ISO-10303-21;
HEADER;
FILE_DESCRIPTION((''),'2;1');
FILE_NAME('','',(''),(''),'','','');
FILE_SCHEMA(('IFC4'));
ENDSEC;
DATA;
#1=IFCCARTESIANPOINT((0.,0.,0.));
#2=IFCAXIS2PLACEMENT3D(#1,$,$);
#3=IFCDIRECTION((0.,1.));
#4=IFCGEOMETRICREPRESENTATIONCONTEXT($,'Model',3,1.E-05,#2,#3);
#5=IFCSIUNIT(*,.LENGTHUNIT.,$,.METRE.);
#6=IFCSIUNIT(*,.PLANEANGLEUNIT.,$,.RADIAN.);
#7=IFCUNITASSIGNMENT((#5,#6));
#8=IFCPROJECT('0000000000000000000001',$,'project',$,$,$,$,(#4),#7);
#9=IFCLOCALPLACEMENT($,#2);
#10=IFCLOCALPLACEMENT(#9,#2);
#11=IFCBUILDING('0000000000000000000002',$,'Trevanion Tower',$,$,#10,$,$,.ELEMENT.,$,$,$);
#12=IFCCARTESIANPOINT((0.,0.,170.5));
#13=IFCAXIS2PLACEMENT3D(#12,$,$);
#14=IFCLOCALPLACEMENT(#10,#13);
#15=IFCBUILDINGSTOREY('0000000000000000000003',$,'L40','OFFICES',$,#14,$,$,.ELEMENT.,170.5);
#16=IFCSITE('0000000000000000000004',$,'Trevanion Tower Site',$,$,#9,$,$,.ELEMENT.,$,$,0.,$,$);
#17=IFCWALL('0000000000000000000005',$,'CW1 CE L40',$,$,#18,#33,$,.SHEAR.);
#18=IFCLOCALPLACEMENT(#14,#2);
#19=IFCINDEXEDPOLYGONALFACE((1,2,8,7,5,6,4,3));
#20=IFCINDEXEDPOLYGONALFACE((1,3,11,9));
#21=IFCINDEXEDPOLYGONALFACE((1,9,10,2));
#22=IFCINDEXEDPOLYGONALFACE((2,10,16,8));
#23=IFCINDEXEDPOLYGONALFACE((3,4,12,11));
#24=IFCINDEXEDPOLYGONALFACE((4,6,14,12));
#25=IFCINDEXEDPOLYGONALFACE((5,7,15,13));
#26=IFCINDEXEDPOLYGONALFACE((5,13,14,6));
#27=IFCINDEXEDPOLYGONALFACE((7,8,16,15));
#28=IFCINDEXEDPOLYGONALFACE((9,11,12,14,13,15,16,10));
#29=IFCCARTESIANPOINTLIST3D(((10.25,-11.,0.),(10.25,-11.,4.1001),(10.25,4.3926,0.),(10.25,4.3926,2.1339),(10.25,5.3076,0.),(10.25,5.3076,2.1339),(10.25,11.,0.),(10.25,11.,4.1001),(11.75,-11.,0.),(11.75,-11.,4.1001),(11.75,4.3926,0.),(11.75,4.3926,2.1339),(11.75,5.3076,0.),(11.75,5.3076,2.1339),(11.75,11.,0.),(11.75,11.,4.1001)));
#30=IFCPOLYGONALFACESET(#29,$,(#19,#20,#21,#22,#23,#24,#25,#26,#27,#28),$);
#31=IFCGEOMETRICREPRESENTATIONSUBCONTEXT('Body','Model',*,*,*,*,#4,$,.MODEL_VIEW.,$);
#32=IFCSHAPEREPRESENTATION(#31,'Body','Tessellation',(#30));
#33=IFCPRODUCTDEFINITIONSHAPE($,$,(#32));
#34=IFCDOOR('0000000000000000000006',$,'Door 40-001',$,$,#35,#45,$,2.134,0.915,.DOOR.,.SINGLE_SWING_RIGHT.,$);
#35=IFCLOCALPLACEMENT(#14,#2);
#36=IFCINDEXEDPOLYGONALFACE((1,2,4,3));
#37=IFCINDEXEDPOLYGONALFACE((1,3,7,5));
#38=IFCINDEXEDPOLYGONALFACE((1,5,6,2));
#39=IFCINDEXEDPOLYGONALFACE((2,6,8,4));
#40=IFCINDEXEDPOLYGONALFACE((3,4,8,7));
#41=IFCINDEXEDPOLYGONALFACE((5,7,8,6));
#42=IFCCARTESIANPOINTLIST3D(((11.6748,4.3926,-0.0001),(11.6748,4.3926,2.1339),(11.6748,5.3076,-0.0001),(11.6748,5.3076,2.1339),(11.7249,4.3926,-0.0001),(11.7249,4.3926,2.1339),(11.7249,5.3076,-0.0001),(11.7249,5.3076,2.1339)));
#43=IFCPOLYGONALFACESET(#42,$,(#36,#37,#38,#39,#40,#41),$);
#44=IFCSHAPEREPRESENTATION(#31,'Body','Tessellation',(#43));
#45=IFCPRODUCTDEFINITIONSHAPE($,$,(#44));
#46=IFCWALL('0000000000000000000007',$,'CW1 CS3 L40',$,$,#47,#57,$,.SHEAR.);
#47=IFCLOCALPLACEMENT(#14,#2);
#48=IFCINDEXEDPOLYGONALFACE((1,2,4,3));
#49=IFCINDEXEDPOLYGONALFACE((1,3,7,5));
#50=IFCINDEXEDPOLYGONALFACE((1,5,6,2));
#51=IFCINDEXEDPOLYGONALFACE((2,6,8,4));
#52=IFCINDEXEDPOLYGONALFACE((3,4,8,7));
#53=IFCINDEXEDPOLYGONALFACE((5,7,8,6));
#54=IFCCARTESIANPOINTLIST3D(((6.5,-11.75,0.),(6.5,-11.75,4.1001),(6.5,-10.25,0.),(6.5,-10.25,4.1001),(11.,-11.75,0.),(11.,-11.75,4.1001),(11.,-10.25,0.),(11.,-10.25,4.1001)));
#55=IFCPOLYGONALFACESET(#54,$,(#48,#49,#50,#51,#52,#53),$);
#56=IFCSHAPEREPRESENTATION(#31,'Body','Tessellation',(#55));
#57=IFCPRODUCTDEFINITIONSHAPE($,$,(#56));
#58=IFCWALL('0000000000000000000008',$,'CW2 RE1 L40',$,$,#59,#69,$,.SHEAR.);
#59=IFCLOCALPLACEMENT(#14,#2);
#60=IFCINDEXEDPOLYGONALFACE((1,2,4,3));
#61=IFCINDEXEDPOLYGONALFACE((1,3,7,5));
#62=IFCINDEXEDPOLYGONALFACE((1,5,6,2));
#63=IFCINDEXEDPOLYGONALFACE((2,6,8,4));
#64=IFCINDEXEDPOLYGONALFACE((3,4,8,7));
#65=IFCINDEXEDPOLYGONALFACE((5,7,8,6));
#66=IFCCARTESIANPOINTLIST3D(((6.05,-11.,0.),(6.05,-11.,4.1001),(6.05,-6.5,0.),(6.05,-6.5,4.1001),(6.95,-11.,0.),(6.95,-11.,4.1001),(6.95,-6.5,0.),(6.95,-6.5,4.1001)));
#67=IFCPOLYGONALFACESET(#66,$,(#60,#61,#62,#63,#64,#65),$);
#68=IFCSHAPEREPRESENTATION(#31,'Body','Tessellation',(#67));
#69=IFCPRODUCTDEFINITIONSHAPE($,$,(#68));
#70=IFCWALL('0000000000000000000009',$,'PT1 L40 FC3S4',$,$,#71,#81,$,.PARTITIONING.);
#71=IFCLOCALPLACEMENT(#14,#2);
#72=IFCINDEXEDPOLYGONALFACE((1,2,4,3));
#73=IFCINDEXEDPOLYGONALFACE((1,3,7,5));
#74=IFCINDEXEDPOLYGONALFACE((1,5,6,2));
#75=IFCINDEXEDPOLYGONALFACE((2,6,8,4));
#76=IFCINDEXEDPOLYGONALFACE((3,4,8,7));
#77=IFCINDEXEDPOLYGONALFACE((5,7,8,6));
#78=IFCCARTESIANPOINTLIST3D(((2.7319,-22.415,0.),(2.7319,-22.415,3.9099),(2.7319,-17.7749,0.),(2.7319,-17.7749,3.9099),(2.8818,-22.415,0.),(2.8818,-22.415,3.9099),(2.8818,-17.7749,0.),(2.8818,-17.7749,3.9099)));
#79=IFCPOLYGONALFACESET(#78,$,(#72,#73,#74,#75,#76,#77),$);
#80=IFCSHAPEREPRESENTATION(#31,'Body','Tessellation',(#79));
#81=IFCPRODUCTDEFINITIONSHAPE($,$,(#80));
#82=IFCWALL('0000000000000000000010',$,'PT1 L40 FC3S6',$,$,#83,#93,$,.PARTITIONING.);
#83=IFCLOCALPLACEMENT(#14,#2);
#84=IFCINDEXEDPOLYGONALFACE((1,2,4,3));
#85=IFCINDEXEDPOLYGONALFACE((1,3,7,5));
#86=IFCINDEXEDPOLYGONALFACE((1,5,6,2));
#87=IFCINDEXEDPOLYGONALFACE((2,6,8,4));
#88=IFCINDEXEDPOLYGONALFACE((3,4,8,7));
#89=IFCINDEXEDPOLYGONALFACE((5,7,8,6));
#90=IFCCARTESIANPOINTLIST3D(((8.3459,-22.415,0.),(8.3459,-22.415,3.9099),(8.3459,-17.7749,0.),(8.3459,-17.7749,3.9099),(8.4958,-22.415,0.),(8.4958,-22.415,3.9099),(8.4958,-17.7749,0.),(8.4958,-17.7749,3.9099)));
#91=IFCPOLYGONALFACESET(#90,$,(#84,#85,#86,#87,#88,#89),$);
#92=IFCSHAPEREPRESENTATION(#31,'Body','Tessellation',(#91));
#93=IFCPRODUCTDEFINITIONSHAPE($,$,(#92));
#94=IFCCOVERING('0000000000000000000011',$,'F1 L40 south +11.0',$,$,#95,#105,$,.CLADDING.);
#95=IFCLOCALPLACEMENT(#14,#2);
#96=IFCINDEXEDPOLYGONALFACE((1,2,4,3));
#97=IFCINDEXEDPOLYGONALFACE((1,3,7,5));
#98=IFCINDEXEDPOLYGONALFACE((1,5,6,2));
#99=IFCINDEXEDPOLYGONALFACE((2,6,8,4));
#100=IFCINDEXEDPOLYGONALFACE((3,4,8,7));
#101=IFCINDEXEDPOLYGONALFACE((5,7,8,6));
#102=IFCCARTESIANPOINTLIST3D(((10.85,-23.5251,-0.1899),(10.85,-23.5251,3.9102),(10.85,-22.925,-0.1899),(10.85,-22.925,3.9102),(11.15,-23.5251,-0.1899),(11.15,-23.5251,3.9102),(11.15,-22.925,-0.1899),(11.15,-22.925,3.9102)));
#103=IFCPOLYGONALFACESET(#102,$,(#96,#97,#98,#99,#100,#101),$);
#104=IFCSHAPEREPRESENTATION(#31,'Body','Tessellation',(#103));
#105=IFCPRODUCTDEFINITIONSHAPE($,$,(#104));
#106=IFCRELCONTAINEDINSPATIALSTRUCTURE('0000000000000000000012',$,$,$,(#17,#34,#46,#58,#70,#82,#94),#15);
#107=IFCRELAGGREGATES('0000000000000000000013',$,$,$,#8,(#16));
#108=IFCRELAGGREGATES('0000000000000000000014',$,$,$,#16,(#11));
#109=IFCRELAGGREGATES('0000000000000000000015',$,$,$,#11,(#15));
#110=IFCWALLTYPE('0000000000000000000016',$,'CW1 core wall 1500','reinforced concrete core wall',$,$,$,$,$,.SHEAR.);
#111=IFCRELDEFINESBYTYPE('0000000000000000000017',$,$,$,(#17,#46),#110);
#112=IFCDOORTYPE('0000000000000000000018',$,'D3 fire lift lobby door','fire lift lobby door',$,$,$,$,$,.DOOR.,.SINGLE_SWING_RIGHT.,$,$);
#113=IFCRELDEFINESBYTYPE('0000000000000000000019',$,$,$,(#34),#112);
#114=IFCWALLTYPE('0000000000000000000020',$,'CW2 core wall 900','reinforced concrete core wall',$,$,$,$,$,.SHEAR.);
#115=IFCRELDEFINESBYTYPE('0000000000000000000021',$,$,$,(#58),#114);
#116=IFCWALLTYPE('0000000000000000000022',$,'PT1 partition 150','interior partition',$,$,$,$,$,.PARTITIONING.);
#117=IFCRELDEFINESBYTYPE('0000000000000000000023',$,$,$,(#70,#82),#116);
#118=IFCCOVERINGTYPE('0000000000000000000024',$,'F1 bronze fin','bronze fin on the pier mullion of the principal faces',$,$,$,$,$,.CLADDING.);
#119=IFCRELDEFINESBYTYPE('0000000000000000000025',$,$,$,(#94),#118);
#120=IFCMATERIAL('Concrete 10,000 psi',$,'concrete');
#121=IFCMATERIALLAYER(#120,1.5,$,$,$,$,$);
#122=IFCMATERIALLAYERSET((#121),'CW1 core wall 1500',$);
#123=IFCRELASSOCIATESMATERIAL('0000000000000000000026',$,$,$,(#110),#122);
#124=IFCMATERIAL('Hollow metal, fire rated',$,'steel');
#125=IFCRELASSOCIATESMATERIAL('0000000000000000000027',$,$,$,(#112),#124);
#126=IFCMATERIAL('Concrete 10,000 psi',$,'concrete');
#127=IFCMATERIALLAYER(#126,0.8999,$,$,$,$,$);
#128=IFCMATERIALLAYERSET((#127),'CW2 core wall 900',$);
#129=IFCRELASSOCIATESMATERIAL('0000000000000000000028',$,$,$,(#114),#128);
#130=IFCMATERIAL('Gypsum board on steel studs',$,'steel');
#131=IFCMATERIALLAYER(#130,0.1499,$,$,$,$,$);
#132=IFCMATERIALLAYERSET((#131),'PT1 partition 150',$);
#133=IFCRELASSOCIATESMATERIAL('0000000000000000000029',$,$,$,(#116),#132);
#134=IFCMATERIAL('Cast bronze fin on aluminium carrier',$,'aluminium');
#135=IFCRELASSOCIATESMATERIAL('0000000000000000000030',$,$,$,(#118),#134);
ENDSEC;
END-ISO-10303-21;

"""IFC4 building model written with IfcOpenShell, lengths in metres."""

from ifc_helpers import new_model, si_unit, direction, frame, frame_2d, origin, origin_2d, place, context, subcontext, project, spatial, rectangle, extrude, material, layer, layer_set, type_object, element, fill, save


model = new_model("IFC4")

# Units and contexts
model_context = context("Model", 3, precision=1e-05, world=origin(), true_north=direction((0.0, 1.0)))
body_context = subcontext(model_context, "Body", "Model", "MODEL_VIEW")
ifc_project = project(units=[si_unit("LENGTHUNIT", "METRE"), si_unit("PLANEANGLEUNIT", "RADIAN")], contexts=[model_context])

# Site, building, storey
site_placement = place(None, origin())
site = spatial("IfcSite", under=ifc_project, at=site_placement, Name="Trevanion Tower Site", CompositionType="ELEMENT", RefElevation=0.0)
building_placement = place(site_placement, origin())
building = spatial("IfcBuilding", under=site, at=building_placement, Name="Trevanion Tower", CompositionType="ELEMENT")
storey_placement = place(building_placement, frame((0.0, 0.0, 170.5)))
storey = spatial("IfcBuildingStorey", under=building, at=storey_placement, Name="L40", Description="OFFICES", CompositionType="ELEMENT", Elevation=170.5)

# Wall, opening, door
ifc_material_1 = material(Name="Concrete 10,000 psi", Category="concrete")
ifc_layer_1 = layer(ifc_material_1, 1.5)
ifc_layer_set_1 = layer_set([ifc_layer_1], Name="CW1 core wall 1500")
wall_type_1 = type_object("IfcWallType", Name="CW1 core wall 1500", Description="reinforced concrete core wall", PredefinedType="SHEAR", material=ifc_layer_set_1)
wall_1_placement = place(storey_placement, frame((11.0, -11.0, 0.0), z_axis=(0.0, 0.0, 1.0), x_axis=(0.0, 1.0, 0.0)))
wall_1 = element("IfcWall", 1, at=wall_1_placement, inside=storey, type_object=wall_type_1, Name="CW1 CE L40", PredefinedType="SHEAR", context=body_context, shape_type="SweptSolid", body=[
    extrude(rectangle(XDim=22.0, YDim=1.5, at=frame_2d((11.0, 0.0))), origin(), (0.0, 0.0, 1.0), 4.1001),
])
opening_placement = place(wall_1_placement, frame((15.3926, 0.0, 0.0)))
opening = element("IfcOpeningElement", 2, at=opening_placement, cuts=wall_1, PredefinedType="OPENING", context=body_context, shape_type="SweptSolid", body=[
    extrude(rectangle(XDim=0.915, YDim=2.134, at=frame_2d((0.4575, 1.0669))), frame((0.0, 0.76, 0.0), z_axis=(0.0, -1.0, 0.0), x_axis=(1.0, 0.0, 0.0)), (0.0, 0.0, 1.0), 1.52),
])
ifc_material_2 = material(Name="Hollow metal, fire rated", Category="steel")
door_type = type_object("IfcDoorType", Name="D3 fire lift lobby door", Description="fire lift lobby door", OperationType="SINGLE_SWING_RIGHT", PredefinedType="DOOR", material=ifc_material_2)
door_placement = place(opening_placement, origin())
door = element("IfcDoor", 3, at=door_placement, inside=storey, type_object=door_type, Name="Door 40-001", OperationType="SINGLE_SWING_RIGHT", OverallHeight=2.134, OverallWidth=0.915, PredefinedType="DOOR", context=body_context, shape_type="SweptSolid", body=[
    extrude(rectangle(XDim=0.915, YDim=2.134, at=frame_2d((0.4575, 1.0669))), frame((0.0, -0.6748, 0.0), z_axis=(0.0, -1.0, 0.0), x_axis=(1.0, 0.0, 0.0)), (0.0, 0.0, 1.0), 0.05),
])
fill(opening, door)

# Walls
wall_2_placement = place(storey_placement, frame((6.5, -11.0, 0.0), z_axis=(0.0, 0.0, 1.0), x_axis=(1.0, 0.0, 0.0)))
element("IfcWall", 4, at=wall_2_placement, inside=storey, type_object=wall_type_1, Name="CW1 CS3 L40", PredefinedType="SHEAR", context=body_context, shape_type="SweptSolid", body=[
    extrude(rectangle(XDim=4.5, YDim=1.5, at=frame_2d((2.25, 0.0))), origin(), (0.0, 0.0, 1.0), 4.1001),
])
ifc_material_3 = material(Name="Concrete 10,000 psi", Category="concrete")
ifc_layer_2 = layer(ifc_material_3, 0.8999)
ifc_layer_set_2 = layer_set([ifc_layer_2], Name="CW2 core wall 900")
wall_type_2 = type_object("IfcWallType", Name="CW2 core wall 900", Description="reinforced concrete core wall", PredefinedType="SHEAR", material=ifc_layer_set_2)
wall_3_placement = place(storey_placement, frame((6.5, -11.0, 0.0), z_axis=(0.0, 0.0, 1.0), x_axis=(0.0, 1.0, 0.0)))
element("IfcWall", 5, at=wall_3_placement, inside=storey, type_object=wall_type_2, Name="CW2 RE1 L40", PredefinedType="SHEAR", context=body_context, shape_type="SweptSolid", body=[
    extrude(rectangle(XDim=4.5, YDim=0.8999, at=frame_2d((2.25, 0.0))), origin(), (0.0, 0.0, 1.0), 4.1001),
])
ifc_material_4 = material(Name="Gypsum board on steel studs", Category="steel")
ifc_layer_3 = layer(ifc_material_4, 0.1499)
ifc_layer_set_3 = layer_set([ifc_layer_3], Name="PT1 partition 150")
wall_type_3 = type_object("IfcWallType", Name="PT1 partition 150", Description="interior partition", PredefinedType="PARTITIONING", material=ifc_layer_set_3)
for number, where, z_axis, x_axis, name in (
    (6, (2.8069, -17.7749, 0.0), (0.0, 0.0, 1.0), (0.0, -1.0, 0.0), "PT1 L40 FC3S4"),
    (7, (8.4209, -17.7749, 0.0), (0.0, 0.0, 1.0), (0.0, -1.0, 0.0), "PT1 L40 FC3S6"),
):
    element("IfcWall", number, at=place(storey_placement, frame(where, z_axis=z_axis, x_axis=x_axis)), inside=storey, type_object=wall_type_3, Name=name, PredefinedType="PARTITIONING", context=body_context, shape_type="SweptSolid", body=[
        extrude(rectangle(XDim=4.6401, YDim=0.1499, at=frame_2d((2.3201, 0.0))), origin(), (0.0, 0.0, 1.0), 3.9099),
    ])

# Covering
ifc_material_5 = material(Name="Cast bronze fin on aluminium carrier", Category="aluminium")
covering_type = type_object("IfcCoveringType", Name="F1 bronze fin", Description="bronze fin on the pier mullion of the principal faces", PredefinedType="CLADDING", material=ifc_material_5)
covering_placement = place(storey_placement, frame((11.0, -23.2251, -0.1899), z_axis=(0.0, 0.0, 1.0), x_axis=(1.0, 0.0, 0.0)))
element("IfcCovering", 8, at=covering_placement, inside=storey, type_object=covering_type, Name="F1 L40 south +11.0", PredefinedType="CLADDING", context=body_context, shape_type="SweptSolid", body=[
    extrude(rectangle(XDim=0.3, YDim=0.6001, at=origin_2d()), origin(), (0.0, 0.0, 1.0), 4.1001),
])

save(model, "model.ifc")
